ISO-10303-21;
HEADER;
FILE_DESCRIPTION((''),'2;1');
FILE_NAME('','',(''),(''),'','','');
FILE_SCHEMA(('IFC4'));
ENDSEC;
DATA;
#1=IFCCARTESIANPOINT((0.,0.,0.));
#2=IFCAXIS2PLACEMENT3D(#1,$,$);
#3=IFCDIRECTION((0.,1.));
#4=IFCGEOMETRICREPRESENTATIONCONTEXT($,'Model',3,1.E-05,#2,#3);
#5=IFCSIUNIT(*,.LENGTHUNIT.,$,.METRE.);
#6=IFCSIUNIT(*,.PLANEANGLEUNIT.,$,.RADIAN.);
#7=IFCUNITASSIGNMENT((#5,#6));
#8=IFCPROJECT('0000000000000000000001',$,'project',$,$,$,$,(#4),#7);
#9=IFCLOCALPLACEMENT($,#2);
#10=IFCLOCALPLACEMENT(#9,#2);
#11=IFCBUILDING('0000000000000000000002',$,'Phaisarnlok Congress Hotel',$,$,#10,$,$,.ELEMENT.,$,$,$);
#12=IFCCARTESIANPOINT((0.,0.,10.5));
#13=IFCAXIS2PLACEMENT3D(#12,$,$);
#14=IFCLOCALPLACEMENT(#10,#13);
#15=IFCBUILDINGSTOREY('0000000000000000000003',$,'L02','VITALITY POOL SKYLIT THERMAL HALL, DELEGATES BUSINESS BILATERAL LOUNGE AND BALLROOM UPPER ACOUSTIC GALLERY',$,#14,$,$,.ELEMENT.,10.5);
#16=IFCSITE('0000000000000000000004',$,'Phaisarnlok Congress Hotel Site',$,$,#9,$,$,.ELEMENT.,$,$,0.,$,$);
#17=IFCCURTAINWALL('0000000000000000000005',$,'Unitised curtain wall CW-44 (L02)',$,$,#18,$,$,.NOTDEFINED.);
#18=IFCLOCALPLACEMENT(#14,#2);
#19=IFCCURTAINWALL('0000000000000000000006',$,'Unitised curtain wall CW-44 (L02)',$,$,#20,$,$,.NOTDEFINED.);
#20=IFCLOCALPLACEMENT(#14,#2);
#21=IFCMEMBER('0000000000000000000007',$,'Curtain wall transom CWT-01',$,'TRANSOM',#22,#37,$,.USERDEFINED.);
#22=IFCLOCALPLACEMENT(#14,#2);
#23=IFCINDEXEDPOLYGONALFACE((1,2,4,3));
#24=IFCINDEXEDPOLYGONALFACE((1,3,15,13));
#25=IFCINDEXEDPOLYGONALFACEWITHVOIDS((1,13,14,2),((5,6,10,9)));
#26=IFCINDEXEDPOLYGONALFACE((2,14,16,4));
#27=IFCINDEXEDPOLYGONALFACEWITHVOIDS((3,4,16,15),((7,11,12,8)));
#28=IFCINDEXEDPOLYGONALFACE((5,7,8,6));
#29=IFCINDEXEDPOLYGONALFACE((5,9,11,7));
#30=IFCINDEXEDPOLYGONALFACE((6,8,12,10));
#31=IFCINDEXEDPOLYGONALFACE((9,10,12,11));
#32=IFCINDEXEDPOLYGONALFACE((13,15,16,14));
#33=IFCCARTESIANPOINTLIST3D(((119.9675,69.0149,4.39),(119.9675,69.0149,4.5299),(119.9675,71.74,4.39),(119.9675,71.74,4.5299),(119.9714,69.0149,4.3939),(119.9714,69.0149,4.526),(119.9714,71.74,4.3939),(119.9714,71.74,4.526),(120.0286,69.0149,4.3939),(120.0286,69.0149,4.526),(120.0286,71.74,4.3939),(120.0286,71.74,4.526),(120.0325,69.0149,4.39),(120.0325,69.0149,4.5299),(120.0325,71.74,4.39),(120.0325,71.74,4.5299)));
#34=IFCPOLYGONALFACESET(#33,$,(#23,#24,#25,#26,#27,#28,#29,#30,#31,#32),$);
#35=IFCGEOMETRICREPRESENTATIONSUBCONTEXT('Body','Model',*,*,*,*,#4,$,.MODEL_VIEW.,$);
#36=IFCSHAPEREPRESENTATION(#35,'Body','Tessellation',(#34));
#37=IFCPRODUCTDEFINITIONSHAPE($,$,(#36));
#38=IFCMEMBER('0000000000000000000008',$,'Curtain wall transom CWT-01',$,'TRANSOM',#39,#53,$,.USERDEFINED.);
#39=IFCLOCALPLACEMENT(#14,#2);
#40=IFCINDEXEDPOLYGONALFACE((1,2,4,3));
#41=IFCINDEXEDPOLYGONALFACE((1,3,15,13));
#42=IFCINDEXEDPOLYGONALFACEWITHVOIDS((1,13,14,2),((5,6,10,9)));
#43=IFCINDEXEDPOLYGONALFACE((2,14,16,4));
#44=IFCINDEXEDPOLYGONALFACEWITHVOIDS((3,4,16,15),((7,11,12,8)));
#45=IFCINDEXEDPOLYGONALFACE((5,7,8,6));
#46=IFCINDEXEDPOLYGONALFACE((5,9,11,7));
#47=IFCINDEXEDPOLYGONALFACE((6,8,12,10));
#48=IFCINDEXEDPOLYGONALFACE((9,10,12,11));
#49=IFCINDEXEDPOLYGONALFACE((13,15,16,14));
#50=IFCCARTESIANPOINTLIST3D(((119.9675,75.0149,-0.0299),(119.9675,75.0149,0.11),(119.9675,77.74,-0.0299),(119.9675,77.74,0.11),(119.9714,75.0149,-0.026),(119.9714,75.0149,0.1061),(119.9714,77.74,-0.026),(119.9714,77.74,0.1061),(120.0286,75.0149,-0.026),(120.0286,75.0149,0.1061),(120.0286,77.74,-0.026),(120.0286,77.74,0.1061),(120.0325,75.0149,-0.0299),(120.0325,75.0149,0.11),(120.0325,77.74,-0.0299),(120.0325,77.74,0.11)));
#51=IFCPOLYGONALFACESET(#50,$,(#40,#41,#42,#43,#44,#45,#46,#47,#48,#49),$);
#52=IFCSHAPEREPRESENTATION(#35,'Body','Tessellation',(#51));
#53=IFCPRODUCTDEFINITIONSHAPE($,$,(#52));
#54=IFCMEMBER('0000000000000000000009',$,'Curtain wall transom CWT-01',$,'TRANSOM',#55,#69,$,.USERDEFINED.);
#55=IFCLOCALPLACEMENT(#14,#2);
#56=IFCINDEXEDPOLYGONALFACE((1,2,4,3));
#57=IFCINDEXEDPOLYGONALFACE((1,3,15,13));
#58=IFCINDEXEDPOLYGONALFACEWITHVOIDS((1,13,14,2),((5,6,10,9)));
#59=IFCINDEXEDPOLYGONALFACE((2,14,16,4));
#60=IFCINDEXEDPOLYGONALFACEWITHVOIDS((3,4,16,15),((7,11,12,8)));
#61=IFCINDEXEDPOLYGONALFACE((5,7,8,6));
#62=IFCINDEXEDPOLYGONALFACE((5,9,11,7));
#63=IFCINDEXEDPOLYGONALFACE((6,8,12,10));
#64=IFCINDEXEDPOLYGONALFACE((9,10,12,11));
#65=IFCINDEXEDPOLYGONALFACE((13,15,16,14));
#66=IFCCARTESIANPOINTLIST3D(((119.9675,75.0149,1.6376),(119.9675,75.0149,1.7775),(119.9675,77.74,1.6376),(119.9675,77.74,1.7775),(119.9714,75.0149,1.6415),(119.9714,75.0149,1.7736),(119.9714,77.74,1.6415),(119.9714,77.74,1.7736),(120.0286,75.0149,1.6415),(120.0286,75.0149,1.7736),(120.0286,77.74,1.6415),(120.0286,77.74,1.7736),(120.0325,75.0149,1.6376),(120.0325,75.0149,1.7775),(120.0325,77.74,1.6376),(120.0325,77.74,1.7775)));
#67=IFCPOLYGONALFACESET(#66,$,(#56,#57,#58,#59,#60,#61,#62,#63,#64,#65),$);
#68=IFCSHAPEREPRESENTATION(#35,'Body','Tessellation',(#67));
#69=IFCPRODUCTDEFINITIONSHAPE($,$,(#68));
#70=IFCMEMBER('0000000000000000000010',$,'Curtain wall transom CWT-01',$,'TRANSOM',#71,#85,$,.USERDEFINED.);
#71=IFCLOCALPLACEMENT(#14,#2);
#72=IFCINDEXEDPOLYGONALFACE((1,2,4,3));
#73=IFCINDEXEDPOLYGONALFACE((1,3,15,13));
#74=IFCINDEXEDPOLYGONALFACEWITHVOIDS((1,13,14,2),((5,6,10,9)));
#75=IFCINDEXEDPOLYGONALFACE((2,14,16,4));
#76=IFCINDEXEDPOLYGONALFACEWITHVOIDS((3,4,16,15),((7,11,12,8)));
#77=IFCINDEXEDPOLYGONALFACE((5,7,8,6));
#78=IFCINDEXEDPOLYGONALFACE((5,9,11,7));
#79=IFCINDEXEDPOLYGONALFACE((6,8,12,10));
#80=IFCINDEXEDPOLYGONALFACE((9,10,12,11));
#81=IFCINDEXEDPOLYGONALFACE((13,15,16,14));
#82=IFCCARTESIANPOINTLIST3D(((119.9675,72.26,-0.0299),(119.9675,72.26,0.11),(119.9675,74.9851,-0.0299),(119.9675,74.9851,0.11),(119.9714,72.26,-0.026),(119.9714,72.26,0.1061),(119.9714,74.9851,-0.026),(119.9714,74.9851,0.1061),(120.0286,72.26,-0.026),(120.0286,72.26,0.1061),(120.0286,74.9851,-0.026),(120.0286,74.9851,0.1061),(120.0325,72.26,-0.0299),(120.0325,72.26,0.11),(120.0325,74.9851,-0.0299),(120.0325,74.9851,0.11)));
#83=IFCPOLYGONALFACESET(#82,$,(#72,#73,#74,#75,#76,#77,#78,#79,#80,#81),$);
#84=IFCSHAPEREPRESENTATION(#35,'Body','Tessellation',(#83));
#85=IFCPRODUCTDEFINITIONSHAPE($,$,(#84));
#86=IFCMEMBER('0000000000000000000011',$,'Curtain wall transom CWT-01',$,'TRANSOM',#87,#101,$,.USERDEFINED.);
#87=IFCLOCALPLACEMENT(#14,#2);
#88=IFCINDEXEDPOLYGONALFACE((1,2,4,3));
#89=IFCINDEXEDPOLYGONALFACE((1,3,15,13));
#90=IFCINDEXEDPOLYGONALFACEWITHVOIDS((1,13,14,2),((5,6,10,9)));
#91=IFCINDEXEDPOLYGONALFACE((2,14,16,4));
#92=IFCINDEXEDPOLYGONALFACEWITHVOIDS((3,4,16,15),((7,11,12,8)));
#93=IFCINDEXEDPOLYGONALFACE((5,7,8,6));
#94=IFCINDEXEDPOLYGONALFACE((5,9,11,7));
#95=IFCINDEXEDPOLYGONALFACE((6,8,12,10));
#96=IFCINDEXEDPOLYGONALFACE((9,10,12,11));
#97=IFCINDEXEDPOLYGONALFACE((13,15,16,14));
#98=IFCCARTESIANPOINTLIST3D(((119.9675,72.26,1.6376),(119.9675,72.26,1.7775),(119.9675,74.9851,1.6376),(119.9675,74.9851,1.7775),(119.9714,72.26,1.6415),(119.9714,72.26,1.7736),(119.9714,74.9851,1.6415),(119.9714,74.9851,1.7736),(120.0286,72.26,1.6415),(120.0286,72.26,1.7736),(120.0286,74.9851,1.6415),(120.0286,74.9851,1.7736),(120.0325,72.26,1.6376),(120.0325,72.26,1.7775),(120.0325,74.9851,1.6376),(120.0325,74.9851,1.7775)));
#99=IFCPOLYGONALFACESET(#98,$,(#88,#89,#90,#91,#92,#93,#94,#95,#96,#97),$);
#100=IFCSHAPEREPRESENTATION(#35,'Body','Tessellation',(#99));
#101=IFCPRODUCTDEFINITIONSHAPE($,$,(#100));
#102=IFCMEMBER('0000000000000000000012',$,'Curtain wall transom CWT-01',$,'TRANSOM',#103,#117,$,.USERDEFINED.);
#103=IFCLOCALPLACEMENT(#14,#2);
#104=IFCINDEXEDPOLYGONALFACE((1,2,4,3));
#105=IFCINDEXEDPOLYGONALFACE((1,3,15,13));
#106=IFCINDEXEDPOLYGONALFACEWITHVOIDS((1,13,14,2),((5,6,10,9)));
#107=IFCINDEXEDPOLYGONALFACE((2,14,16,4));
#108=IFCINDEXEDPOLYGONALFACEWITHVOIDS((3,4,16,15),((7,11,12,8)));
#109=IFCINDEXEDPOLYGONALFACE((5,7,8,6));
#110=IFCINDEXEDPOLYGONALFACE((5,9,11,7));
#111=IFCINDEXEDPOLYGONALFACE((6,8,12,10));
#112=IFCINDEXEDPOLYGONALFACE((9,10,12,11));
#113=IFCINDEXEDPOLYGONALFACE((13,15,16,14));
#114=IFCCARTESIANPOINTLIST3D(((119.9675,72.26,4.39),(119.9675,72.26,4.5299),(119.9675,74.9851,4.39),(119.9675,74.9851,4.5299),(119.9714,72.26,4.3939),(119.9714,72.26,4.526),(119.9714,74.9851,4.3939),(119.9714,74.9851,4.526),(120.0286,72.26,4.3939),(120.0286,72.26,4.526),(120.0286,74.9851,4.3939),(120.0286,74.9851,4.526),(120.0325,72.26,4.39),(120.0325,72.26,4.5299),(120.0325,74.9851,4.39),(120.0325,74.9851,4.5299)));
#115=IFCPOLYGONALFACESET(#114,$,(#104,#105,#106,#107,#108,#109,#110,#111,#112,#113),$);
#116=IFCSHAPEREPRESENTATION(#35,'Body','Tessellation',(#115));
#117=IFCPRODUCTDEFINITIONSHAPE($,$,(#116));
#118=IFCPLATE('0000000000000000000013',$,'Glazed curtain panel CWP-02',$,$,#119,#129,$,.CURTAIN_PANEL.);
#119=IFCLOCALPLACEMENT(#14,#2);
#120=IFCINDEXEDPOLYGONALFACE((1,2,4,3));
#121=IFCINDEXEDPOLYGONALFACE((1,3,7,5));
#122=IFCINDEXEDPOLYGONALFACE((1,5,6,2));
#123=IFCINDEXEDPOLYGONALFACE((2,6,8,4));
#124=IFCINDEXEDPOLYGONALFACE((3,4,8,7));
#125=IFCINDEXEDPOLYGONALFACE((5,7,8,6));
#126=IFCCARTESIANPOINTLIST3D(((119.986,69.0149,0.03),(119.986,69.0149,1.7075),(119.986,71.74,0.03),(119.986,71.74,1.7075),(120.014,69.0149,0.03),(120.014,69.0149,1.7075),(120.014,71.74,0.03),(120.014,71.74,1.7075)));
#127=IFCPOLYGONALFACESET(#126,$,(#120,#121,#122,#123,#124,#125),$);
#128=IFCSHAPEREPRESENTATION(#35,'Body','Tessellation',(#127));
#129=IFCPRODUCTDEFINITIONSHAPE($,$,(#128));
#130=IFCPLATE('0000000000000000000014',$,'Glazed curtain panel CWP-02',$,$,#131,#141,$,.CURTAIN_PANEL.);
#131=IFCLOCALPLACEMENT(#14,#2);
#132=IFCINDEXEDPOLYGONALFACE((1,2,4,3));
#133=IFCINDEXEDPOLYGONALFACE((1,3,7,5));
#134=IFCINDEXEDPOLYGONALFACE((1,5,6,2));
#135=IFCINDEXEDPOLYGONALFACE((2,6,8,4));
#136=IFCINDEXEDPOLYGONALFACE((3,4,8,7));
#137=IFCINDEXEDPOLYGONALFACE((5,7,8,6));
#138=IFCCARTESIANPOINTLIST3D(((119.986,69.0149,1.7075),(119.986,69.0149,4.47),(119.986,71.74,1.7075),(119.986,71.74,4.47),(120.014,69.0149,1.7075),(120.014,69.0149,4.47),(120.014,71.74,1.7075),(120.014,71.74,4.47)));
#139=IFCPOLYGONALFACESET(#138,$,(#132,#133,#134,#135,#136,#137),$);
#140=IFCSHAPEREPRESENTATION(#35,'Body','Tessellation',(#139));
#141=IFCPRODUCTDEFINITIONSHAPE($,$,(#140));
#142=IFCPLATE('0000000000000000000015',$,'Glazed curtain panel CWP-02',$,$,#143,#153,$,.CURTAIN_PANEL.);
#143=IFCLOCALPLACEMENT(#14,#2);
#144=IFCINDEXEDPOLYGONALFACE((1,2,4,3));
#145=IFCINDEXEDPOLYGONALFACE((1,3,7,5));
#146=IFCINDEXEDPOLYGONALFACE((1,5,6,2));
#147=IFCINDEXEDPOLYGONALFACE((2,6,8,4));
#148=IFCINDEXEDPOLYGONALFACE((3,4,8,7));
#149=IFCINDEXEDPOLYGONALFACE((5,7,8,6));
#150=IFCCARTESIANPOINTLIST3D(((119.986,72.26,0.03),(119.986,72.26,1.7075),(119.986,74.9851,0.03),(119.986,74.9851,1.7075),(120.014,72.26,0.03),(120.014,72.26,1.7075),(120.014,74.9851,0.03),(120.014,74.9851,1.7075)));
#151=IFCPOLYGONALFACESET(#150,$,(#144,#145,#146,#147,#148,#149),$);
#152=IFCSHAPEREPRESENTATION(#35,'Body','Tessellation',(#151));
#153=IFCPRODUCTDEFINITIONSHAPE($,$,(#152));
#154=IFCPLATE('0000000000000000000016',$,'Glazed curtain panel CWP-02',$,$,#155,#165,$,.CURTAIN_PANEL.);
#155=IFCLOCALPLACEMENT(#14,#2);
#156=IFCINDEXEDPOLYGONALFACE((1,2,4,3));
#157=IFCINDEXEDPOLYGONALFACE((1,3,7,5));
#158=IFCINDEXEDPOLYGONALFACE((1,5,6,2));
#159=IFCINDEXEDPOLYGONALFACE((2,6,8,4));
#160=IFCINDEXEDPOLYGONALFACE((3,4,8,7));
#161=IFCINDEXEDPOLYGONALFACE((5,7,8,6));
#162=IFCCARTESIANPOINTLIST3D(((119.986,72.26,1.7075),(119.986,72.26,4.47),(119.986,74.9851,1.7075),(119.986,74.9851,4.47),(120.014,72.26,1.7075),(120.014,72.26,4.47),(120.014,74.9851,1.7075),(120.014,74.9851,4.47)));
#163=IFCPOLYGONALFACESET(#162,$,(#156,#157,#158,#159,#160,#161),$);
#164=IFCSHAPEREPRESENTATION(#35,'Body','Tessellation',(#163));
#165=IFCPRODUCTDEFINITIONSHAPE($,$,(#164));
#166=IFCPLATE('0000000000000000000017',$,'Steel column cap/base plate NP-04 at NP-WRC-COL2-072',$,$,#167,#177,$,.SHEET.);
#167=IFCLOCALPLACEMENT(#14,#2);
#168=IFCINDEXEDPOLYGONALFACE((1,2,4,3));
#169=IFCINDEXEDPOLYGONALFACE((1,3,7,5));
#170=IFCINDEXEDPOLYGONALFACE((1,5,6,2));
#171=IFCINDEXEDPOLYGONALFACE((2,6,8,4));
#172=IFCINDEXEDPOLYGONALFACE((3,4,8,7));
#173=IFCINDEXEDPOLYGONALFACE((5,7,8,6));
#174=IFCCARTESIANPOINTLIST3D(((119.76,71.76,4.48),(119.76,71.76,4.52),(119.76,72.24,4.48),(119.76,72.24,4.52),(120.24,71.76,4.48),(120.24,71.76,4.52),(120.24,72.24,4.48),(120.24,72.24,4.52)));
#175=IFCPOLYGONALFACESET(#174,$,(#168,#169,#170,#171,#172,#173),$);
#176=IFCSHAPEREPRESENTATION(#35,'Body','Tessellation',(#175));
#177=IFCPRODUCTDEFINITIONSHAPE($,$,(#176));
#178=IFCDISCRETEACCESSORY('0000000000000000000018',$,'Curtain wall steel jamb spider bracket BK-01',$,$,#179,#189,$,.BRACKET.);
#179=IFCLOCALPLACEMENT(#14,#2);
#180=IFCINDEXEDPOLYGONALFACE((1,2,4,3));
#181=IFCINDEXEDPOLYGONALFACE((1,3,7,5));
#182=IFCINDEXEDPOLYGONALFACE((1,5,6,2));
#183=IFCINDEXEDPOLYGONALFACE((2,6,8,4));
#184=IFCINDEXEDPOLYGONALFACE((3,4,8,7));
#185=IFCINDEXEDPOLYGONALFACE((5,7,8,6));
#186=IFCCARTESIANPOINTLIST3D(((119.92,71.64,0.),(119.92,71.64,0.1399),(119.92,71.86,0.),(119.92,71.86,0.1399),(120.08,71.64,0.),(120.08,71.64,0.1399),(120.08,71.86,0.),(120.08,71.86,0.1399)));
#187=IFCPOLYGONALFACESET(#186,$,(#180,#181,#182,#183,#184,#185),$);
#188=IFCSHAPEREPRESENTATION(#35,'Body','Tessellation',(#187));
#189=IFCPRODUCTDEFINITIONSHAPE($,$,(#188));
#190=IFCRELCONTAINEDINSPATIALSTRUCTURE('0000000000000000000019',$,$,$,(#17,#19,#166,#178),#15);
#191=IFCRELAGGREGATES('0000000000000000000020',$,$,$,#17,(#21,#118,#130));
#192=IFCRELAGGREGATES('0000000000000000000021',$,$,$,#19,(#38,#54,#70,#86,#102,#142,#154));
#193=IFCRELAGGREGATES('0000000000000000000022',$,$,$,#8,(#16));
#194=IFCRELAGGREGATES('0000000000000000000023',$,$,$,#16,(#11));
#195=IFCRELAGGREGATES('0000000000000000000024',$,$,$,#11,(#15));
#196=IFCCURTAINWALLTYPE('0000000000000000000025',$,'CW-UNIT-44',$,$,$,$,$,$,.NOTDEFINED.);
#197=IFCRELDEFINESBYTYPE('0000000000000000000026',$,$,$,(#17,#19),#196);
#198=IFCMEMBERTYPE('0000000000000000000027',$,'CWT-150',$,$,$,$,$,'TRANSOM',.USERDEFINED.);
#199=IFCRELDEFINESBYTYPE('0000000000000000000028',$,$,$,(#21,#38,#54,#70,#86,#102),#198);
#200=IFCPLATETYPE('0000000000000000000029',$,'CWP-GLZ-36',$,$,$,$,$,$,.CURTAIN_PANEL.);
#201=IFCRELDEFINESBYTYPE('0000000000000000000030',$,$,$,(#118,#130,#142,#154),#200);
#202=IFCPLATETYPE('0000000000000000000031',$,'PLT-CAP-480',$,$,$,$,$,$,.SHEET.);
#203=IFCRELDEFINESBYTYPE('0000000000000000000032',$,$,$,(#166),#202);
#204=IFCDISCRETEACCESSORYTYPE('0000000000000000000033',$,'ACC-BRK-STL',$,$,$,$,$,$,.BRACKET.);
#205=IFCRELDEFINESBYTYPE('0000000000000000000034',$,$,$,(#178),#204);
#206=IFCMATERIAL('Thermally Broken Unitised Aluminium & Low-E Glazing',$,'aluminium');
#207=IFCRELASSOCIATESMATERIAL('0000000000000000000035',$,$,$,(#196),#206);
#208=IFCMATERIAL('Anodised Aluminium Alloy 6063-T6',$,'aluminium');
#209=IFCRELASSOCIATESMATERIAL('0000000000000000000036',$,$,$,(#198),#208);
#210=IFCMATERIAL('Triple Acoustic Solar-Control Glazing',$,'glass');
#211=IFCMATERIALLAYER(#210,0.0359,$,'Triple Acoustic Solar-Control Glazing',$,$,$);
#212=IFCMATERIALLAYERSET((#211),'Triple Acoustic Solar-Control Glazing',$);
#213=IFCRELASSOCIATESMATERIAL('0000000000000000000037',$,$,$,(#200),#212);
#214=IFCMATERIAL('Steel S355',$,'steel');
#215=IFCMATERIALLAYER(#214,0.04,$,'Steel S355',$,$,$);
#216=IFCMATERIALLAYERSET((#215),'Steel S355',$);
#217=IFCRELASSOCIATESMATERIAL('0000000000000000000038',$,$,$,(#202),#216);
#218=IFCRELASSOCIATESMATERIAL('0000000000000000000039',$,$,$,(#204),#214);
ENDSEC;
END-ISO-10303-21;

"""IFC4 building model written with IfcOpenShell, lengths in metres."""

from ifc_helpers import new_model, si_unit, direction, frame, frame_2d, origin, origin_2d, place, context, subcontext, project, spatial, rectangle, hollow_rectangle, extrude, material, layer, layer_set, material_profile, profile_set, type_object, element, aggregate, save


model = new_model("IFC4")

# Units and contexts
model_context = context("Model", 3, precision=1e-05, world=origin(), true_north=direction((0.0, 1.0)))
body_context = subcontext(model_context, "Body", "Model", "MODEL_VIEW")
ifc_project = project(units=[si_unit("LENGTHUNIT", "METRE"), si_unit("PLANEANGLEUNIT", "RADIAN")], contexts=[model_context])

# Site, building, storey
site_placement = place(None, origin())
site = spatial("IfcSite", under=ifc_project, at=site_placement, Name="Phaisarnlok Congress Hotel Site", CompositionType="ELEMENT", RefElevation=0.0)
building_placement = place(site_placement, origin())
building = spatial("IfcBuilding", under=site, at=building_placement, Name="Phaisarnlok Congress Hotel", CompositionType="ELEMENT")
storey_placement = place(building_placement, frame((0.0, 0.0, 10.5)))
storey = spatial("IfcBuildingStorey", under=building, at=storey_placement, Name="L02", Description="VITALITY POOL SKYLIT THERMAL HALL, DELEGATES BUSINESS BILATERAL LOUNGE AND BALLROOM UPPER ACOUSTIC GALLERY", CompositionType="ELEMENT", Elevation=10.5)

# Shared definitions
ifc_material_1 = material(Name="Steel S355", Category="steel")

# Curtain walls
ifc_material_2 = material(Name="Thermally Broken Unitised Aluminium & Low-E Glazing", Category="aluminium")
curtain_wall_type = type_object("IfcCurtainWallType", Name="CW-UNIT-44", PredefinedType="NOTDEFINED", material=ifc_material_2)
curtain_wall_1_placement = place(storey_placement, origin())
curtain_wall_1 = element("IfcCurtainWall", 1, at=curtain_wall_1_placement, inside=storey, type_object=curtain_wall_type, Name="Unitised curtain wall CW-44 (L02)", PredefinedType="NOTDEFINED")
ifc_material_3 = material(Name="Anodised Aluminium Alloy 6063-T6", Category="aluminium")
curtain_wall_2_placement = place(storey_placement, origin())
curtain_wall_2 = element("IfcCurtainWall", 2, at=curtain_wall_2_placement, inside=storey, type_object=curtain_wall_type, Name="Unitised curtain wall CW-44 (L02)", PredefinedType="NOTDEFINED")

# Members
ifc_material_profile_1 = material_profile(ifc_material_3, hollow_rectangle(XDim=0.0649, YDim=0.1399, WallThickness=0.0039, at=origin_2d()), Name="ALU-T 65x140x4")
ifc_profile_set_1 = profile_set([ifc_material_profile_1], Name="Anodised Aluminium Alloy 6063-T6")
member_type_1 = type_object("IfcMemberType", Name="CWT-150", ElementType="TRANSOM", PredefinedType="USERDEFINED", material=ifc_profile_set_1)
member_1_placement = place(storey_placement, frame((120.0, 71.74, 4.46), z_axis=(0.0, -1.0, 0.0), x_axis=(1.0, 0.0, 0.0)))
member_1 = element("IfcMember", 3, at=member_1_placement, type_object=member_type_1, Name="Curtain wall transom CWT-01", ObjectType="TRANSOM", PredefinedType="USERDEFINED", context=body_context, shape_type="SweptSolid", body=[
    extrude(hollow_rectangle(XDim=0.0649, YDim=0.1399, WallThickness=0.0039, at=origin_2d()), origin(), (0.0, 0.0, 1.0), 2.7251),
])
member_2_placement = place(storey_placement, frame((120.0, 77.74, 0.04), z_axis=(0.0, -1.0, 0.0), x_axis=(1.0, 0.0, 0.0)))
member_2 = element("IfcMember", 4, at=member_2_placement, type_object=member_type_1, Name="Curtain wall transom CWT-01", ObjectType="TRANSOM", PredefinedType="USERDEFINED", context=body_context, shape_type="SweptSolid", body=[
    extrude(hollow_rectangle(XDim=0.0649, YDim=0.1399, WallThickness=0.0039, at=origin_2d()), origin(), (0.0, 0.0, 1.0), 2.7251),
])
member_3_placement = place(storey_placement, frame((120.0, 77.74, 1.7075), z_axis=(0.0, -1.0, 0.0), x_axis=(1.0, 0.0, 0.0)))
member_3 = element("IfcMember", 5, at=member_3_placement, type_object=member_type_1, Name="Curtain wall transom CWT-01", ObjectType="TRANSOM", PredefinedType="USERDEFINED", context=body_context, shape_type="SweptSolid", body=[
    extrude(hollow_rectangle(XDim=0.0649, YDim=0.1399, WallThickness=0.0039, at=origin_2d()), origin(), (0.0, 0.0, 1.0), 2.7251),
])
member_4_placement = place(storey_placement, frame((120.0, 74.9851, 0.04), z_axis=(0.0, -1.0, 0.0), x_axis=(1.0, 0.0, 0.0)))
member_4 = element("IfcMember", 6, at=member_4_placement, type_object=member_type_1, Name="Curtain wall transom CWT-01", ObjectType="TRANSOM", PredefinedType="USERDEFINED", context=body_context, shape_type="SweptSolid", body=[
    extrude(hollow_rectangle(XDim=0.0649, YDim=0.1399, WallThickness=0.0039, at=origin_2d()), origin(), (0.0, 0.0, 1.0), 2.7251),
])
member_5_placement = place(storey_placement, frame((120.0, 74.9851, 1.7075), z_axis=(0.0, -1.0, 0.0), x_axis=(1.0, 0.0, 0.0)))
member_5 = element("IfcMember", 7, at=member_5_placement, type_object=member_type_1, Name="Curtain wall transom CWT-01", ObjectType="TRANSOM", PredefinedType="USERDEFINED", context=body_context, shape_type="SweptSolid", body=[
    extrude(hollow_rectangle(XDim=0.0649, YDim=0.1399, WallThickness=0.0039, at=origin_2d()), origin(), (0.0, 0.0, 1.0), 2.7251),
])
member_6_placement = place(storey_placement, frame((120.0, 74.9851, 4.46), z_axis=(0.0, -1.0, 0.0), x_axis=(1.0, 0.0, 0.0)))
member_6 = element("IfcMember", 8, at=member_6_placement, type_object=member_type_1, Name="Curtain wall transom CWT-01", ObjectType="TRANSOM", PredefinedType="USERDEFINED", context=body_context, shape_type="SweptSolid", body=[
    extrude(hollow_rectangle(XDim=0.0649, YDim=0.1399, WallThickness=0.0039, at=origin_2d()), origin(), (0.0, 0.0, 1.0), 2.7251),
])

# Plates
ifc_material_4 = material(Name="Triple Acoustic Solar-Control Glazing", Category="glass")
ifc_layer_1 = layer(ifc_material_4, 0.0359, Name="Triple Acoustic Solar-Control Glazing")
ifc_layer_set_1 = layer_set([ifc_layer_1], Name="Triple Acoustic Solar-Control Glazing")
plate_type_1 = type_object("IfcPlateType", Name="CWP-GLZ-36", PredefinedType="CURTAIN_PANEL", material=ifc_layer_set_1)
plate_1_placement = place(storey_placement, frame((120.0, 71.74, 0.03), z_axis=(0.0, 0.0, 1.0), x_axis=(0.0, -1.0, 0.0)))
plate_1 = element("IfcPlate", 9, at=plate_1_placement, type_object=plate_type_1, Name="Glazed curtain panel CWP-02", PredefinedType="CURTAIN_PANEL", context=body_context, shape_type="SweptSolid", body=[
    extrude(rectangle(XDim=2.7251, YDim=0.0281, at=frame_2d((1.3625, 0.0))), origin(), (0.0, 0.0, 1.0), 1.6775),
])
plate_2_placement = place(storey_placement, frame((120.0, 71.74, 1.7075), z_axis=(0.0, 0.0, 1.0), x_axis=(0.0, -1.0, 0.0)))
plate_2 = element("IfcPlate", 10, at=plate_2_placement, type_object=plate_type_1, Name="Glazed curtain panel CWP-02", PredefinedType="CURTAIN_PANEL", context=body_context, shape_type="SweptSolid", body=[
    extrude(rectangle(XDim=2.7251, YDim=0.0281, at=frame_2d((1.3625, 0.0))), origin(), (0.0, 0.0, 1.0), 2.7625),
])
aggregate(curtain_wall_1, [member_1, plate_1, plate_2])
plate_3_placement = place(storey_placement, frame((120.0, 74.9851, 0.03), z_axis=(0.0, 0.0, 1.0), x_axis=(0.0, -1.0, 0.0)))
plate_3 = element("IfcPlate", 11, at=plate_3_placement, type_object=plate_type_1, Name="Glazed curtain panel CWP-02", PredefinedType="CURTAIN_PANEL", context=body_context, shape_type="SweptSolid", body=[
    extrude(rectangle(XDim=2.7251, YDim=0.0281, at=frame_2d((1.3625, 0.0))), origin(), (0.0, 0.0, 1.0), 1.6775),
])
plate_4_placement = place(storey_placement, frame((120.0, 74.9851, 1.7075), z_axis=(0.0, 0.0, 1.0), x_axis=(0.0, -1.0, 0.0)))
plate_4 = element("IfcPlate", 12, at=plate_4_placement, type_object=plate_type_1, Name="Glazed curtain panel CWP-02", PredefinedType="CURTAIN_PANEL", context=body_context, shape_type="SweptSolid", body=[
    extrude(rectangle(XDim=2.7251, YDim=0.0281, at=frame_2d((1.3625, 0.0))), origin(), (0.0, 0.0, 1.0), 2.7625),
])
aggregate(curtain_wall_2, [member_2, member_3, member_4, member_5, member_6, plate_3, plate_4])
ifc_layer_2 = layer(ifc_material_1, 0.04, Name="Steel S355")
ifc_layer_set_2 = layer_set([ifc_layer_2], Name="Steel S355")
plate_type_2 = type_object("IfcPlateType", Name="PLT-CAP-480", PredefinedType="SHEET", material=ifc_layer_set_2)
plate_5_placement = place(storey_placement, frame((120.0, 72.0, 4.48), z_axis=(0.0, 0.0, 1.0), x_axis=(1.0, 0.0, 0.0)))
element("IfcPlate", 13, at=plate_5_placement, inside=storey, type_object=plate_type_2, Name="Steel column cap/base plate NP-04 at NP-WRC-COL2-072", PredefinedType="SHEET", context=body_context, shape_type="SweptSolid", body=[
    extrude(rectangle(XDim=0.48, YDim=0.48, at=origin_2d()), origin(), (0.0, 0.0, 1.0), 0.04),
])

# Discrete accessory
discrete_accessory_type = type_object("IfcDiscreteAccessoryType", Name="ACC-BRK-STL", PredefinedType="BRACKET", material=ifc_material_1)
for number, where, z_axis, x_axis, name in (
    (14, (120.0, 71.75, 0.0), (0.0, 0.0, 1.0), (1.0, 0.0, 0.0), "Curtain wall steel jamb spider bracket BK-01"),
):
    element("IfcDiscreteAccessory", number, at=place(storey_placement, frame(where, z_axis=z_axis, x_axis=x_axis)), inside=storey, type_object=discrete_accessory_type, Name=name, PredefinedType="BRACKET", context=body_context, shape_type="SweptSolid", body=[
        extrude(rectangle(XDim=0.1599, YDim=0.22, at=origin_2d()), origin(), (0.0, 0.0, 1.0), 0.1399),
    ])

save(model, "model.ifc")
